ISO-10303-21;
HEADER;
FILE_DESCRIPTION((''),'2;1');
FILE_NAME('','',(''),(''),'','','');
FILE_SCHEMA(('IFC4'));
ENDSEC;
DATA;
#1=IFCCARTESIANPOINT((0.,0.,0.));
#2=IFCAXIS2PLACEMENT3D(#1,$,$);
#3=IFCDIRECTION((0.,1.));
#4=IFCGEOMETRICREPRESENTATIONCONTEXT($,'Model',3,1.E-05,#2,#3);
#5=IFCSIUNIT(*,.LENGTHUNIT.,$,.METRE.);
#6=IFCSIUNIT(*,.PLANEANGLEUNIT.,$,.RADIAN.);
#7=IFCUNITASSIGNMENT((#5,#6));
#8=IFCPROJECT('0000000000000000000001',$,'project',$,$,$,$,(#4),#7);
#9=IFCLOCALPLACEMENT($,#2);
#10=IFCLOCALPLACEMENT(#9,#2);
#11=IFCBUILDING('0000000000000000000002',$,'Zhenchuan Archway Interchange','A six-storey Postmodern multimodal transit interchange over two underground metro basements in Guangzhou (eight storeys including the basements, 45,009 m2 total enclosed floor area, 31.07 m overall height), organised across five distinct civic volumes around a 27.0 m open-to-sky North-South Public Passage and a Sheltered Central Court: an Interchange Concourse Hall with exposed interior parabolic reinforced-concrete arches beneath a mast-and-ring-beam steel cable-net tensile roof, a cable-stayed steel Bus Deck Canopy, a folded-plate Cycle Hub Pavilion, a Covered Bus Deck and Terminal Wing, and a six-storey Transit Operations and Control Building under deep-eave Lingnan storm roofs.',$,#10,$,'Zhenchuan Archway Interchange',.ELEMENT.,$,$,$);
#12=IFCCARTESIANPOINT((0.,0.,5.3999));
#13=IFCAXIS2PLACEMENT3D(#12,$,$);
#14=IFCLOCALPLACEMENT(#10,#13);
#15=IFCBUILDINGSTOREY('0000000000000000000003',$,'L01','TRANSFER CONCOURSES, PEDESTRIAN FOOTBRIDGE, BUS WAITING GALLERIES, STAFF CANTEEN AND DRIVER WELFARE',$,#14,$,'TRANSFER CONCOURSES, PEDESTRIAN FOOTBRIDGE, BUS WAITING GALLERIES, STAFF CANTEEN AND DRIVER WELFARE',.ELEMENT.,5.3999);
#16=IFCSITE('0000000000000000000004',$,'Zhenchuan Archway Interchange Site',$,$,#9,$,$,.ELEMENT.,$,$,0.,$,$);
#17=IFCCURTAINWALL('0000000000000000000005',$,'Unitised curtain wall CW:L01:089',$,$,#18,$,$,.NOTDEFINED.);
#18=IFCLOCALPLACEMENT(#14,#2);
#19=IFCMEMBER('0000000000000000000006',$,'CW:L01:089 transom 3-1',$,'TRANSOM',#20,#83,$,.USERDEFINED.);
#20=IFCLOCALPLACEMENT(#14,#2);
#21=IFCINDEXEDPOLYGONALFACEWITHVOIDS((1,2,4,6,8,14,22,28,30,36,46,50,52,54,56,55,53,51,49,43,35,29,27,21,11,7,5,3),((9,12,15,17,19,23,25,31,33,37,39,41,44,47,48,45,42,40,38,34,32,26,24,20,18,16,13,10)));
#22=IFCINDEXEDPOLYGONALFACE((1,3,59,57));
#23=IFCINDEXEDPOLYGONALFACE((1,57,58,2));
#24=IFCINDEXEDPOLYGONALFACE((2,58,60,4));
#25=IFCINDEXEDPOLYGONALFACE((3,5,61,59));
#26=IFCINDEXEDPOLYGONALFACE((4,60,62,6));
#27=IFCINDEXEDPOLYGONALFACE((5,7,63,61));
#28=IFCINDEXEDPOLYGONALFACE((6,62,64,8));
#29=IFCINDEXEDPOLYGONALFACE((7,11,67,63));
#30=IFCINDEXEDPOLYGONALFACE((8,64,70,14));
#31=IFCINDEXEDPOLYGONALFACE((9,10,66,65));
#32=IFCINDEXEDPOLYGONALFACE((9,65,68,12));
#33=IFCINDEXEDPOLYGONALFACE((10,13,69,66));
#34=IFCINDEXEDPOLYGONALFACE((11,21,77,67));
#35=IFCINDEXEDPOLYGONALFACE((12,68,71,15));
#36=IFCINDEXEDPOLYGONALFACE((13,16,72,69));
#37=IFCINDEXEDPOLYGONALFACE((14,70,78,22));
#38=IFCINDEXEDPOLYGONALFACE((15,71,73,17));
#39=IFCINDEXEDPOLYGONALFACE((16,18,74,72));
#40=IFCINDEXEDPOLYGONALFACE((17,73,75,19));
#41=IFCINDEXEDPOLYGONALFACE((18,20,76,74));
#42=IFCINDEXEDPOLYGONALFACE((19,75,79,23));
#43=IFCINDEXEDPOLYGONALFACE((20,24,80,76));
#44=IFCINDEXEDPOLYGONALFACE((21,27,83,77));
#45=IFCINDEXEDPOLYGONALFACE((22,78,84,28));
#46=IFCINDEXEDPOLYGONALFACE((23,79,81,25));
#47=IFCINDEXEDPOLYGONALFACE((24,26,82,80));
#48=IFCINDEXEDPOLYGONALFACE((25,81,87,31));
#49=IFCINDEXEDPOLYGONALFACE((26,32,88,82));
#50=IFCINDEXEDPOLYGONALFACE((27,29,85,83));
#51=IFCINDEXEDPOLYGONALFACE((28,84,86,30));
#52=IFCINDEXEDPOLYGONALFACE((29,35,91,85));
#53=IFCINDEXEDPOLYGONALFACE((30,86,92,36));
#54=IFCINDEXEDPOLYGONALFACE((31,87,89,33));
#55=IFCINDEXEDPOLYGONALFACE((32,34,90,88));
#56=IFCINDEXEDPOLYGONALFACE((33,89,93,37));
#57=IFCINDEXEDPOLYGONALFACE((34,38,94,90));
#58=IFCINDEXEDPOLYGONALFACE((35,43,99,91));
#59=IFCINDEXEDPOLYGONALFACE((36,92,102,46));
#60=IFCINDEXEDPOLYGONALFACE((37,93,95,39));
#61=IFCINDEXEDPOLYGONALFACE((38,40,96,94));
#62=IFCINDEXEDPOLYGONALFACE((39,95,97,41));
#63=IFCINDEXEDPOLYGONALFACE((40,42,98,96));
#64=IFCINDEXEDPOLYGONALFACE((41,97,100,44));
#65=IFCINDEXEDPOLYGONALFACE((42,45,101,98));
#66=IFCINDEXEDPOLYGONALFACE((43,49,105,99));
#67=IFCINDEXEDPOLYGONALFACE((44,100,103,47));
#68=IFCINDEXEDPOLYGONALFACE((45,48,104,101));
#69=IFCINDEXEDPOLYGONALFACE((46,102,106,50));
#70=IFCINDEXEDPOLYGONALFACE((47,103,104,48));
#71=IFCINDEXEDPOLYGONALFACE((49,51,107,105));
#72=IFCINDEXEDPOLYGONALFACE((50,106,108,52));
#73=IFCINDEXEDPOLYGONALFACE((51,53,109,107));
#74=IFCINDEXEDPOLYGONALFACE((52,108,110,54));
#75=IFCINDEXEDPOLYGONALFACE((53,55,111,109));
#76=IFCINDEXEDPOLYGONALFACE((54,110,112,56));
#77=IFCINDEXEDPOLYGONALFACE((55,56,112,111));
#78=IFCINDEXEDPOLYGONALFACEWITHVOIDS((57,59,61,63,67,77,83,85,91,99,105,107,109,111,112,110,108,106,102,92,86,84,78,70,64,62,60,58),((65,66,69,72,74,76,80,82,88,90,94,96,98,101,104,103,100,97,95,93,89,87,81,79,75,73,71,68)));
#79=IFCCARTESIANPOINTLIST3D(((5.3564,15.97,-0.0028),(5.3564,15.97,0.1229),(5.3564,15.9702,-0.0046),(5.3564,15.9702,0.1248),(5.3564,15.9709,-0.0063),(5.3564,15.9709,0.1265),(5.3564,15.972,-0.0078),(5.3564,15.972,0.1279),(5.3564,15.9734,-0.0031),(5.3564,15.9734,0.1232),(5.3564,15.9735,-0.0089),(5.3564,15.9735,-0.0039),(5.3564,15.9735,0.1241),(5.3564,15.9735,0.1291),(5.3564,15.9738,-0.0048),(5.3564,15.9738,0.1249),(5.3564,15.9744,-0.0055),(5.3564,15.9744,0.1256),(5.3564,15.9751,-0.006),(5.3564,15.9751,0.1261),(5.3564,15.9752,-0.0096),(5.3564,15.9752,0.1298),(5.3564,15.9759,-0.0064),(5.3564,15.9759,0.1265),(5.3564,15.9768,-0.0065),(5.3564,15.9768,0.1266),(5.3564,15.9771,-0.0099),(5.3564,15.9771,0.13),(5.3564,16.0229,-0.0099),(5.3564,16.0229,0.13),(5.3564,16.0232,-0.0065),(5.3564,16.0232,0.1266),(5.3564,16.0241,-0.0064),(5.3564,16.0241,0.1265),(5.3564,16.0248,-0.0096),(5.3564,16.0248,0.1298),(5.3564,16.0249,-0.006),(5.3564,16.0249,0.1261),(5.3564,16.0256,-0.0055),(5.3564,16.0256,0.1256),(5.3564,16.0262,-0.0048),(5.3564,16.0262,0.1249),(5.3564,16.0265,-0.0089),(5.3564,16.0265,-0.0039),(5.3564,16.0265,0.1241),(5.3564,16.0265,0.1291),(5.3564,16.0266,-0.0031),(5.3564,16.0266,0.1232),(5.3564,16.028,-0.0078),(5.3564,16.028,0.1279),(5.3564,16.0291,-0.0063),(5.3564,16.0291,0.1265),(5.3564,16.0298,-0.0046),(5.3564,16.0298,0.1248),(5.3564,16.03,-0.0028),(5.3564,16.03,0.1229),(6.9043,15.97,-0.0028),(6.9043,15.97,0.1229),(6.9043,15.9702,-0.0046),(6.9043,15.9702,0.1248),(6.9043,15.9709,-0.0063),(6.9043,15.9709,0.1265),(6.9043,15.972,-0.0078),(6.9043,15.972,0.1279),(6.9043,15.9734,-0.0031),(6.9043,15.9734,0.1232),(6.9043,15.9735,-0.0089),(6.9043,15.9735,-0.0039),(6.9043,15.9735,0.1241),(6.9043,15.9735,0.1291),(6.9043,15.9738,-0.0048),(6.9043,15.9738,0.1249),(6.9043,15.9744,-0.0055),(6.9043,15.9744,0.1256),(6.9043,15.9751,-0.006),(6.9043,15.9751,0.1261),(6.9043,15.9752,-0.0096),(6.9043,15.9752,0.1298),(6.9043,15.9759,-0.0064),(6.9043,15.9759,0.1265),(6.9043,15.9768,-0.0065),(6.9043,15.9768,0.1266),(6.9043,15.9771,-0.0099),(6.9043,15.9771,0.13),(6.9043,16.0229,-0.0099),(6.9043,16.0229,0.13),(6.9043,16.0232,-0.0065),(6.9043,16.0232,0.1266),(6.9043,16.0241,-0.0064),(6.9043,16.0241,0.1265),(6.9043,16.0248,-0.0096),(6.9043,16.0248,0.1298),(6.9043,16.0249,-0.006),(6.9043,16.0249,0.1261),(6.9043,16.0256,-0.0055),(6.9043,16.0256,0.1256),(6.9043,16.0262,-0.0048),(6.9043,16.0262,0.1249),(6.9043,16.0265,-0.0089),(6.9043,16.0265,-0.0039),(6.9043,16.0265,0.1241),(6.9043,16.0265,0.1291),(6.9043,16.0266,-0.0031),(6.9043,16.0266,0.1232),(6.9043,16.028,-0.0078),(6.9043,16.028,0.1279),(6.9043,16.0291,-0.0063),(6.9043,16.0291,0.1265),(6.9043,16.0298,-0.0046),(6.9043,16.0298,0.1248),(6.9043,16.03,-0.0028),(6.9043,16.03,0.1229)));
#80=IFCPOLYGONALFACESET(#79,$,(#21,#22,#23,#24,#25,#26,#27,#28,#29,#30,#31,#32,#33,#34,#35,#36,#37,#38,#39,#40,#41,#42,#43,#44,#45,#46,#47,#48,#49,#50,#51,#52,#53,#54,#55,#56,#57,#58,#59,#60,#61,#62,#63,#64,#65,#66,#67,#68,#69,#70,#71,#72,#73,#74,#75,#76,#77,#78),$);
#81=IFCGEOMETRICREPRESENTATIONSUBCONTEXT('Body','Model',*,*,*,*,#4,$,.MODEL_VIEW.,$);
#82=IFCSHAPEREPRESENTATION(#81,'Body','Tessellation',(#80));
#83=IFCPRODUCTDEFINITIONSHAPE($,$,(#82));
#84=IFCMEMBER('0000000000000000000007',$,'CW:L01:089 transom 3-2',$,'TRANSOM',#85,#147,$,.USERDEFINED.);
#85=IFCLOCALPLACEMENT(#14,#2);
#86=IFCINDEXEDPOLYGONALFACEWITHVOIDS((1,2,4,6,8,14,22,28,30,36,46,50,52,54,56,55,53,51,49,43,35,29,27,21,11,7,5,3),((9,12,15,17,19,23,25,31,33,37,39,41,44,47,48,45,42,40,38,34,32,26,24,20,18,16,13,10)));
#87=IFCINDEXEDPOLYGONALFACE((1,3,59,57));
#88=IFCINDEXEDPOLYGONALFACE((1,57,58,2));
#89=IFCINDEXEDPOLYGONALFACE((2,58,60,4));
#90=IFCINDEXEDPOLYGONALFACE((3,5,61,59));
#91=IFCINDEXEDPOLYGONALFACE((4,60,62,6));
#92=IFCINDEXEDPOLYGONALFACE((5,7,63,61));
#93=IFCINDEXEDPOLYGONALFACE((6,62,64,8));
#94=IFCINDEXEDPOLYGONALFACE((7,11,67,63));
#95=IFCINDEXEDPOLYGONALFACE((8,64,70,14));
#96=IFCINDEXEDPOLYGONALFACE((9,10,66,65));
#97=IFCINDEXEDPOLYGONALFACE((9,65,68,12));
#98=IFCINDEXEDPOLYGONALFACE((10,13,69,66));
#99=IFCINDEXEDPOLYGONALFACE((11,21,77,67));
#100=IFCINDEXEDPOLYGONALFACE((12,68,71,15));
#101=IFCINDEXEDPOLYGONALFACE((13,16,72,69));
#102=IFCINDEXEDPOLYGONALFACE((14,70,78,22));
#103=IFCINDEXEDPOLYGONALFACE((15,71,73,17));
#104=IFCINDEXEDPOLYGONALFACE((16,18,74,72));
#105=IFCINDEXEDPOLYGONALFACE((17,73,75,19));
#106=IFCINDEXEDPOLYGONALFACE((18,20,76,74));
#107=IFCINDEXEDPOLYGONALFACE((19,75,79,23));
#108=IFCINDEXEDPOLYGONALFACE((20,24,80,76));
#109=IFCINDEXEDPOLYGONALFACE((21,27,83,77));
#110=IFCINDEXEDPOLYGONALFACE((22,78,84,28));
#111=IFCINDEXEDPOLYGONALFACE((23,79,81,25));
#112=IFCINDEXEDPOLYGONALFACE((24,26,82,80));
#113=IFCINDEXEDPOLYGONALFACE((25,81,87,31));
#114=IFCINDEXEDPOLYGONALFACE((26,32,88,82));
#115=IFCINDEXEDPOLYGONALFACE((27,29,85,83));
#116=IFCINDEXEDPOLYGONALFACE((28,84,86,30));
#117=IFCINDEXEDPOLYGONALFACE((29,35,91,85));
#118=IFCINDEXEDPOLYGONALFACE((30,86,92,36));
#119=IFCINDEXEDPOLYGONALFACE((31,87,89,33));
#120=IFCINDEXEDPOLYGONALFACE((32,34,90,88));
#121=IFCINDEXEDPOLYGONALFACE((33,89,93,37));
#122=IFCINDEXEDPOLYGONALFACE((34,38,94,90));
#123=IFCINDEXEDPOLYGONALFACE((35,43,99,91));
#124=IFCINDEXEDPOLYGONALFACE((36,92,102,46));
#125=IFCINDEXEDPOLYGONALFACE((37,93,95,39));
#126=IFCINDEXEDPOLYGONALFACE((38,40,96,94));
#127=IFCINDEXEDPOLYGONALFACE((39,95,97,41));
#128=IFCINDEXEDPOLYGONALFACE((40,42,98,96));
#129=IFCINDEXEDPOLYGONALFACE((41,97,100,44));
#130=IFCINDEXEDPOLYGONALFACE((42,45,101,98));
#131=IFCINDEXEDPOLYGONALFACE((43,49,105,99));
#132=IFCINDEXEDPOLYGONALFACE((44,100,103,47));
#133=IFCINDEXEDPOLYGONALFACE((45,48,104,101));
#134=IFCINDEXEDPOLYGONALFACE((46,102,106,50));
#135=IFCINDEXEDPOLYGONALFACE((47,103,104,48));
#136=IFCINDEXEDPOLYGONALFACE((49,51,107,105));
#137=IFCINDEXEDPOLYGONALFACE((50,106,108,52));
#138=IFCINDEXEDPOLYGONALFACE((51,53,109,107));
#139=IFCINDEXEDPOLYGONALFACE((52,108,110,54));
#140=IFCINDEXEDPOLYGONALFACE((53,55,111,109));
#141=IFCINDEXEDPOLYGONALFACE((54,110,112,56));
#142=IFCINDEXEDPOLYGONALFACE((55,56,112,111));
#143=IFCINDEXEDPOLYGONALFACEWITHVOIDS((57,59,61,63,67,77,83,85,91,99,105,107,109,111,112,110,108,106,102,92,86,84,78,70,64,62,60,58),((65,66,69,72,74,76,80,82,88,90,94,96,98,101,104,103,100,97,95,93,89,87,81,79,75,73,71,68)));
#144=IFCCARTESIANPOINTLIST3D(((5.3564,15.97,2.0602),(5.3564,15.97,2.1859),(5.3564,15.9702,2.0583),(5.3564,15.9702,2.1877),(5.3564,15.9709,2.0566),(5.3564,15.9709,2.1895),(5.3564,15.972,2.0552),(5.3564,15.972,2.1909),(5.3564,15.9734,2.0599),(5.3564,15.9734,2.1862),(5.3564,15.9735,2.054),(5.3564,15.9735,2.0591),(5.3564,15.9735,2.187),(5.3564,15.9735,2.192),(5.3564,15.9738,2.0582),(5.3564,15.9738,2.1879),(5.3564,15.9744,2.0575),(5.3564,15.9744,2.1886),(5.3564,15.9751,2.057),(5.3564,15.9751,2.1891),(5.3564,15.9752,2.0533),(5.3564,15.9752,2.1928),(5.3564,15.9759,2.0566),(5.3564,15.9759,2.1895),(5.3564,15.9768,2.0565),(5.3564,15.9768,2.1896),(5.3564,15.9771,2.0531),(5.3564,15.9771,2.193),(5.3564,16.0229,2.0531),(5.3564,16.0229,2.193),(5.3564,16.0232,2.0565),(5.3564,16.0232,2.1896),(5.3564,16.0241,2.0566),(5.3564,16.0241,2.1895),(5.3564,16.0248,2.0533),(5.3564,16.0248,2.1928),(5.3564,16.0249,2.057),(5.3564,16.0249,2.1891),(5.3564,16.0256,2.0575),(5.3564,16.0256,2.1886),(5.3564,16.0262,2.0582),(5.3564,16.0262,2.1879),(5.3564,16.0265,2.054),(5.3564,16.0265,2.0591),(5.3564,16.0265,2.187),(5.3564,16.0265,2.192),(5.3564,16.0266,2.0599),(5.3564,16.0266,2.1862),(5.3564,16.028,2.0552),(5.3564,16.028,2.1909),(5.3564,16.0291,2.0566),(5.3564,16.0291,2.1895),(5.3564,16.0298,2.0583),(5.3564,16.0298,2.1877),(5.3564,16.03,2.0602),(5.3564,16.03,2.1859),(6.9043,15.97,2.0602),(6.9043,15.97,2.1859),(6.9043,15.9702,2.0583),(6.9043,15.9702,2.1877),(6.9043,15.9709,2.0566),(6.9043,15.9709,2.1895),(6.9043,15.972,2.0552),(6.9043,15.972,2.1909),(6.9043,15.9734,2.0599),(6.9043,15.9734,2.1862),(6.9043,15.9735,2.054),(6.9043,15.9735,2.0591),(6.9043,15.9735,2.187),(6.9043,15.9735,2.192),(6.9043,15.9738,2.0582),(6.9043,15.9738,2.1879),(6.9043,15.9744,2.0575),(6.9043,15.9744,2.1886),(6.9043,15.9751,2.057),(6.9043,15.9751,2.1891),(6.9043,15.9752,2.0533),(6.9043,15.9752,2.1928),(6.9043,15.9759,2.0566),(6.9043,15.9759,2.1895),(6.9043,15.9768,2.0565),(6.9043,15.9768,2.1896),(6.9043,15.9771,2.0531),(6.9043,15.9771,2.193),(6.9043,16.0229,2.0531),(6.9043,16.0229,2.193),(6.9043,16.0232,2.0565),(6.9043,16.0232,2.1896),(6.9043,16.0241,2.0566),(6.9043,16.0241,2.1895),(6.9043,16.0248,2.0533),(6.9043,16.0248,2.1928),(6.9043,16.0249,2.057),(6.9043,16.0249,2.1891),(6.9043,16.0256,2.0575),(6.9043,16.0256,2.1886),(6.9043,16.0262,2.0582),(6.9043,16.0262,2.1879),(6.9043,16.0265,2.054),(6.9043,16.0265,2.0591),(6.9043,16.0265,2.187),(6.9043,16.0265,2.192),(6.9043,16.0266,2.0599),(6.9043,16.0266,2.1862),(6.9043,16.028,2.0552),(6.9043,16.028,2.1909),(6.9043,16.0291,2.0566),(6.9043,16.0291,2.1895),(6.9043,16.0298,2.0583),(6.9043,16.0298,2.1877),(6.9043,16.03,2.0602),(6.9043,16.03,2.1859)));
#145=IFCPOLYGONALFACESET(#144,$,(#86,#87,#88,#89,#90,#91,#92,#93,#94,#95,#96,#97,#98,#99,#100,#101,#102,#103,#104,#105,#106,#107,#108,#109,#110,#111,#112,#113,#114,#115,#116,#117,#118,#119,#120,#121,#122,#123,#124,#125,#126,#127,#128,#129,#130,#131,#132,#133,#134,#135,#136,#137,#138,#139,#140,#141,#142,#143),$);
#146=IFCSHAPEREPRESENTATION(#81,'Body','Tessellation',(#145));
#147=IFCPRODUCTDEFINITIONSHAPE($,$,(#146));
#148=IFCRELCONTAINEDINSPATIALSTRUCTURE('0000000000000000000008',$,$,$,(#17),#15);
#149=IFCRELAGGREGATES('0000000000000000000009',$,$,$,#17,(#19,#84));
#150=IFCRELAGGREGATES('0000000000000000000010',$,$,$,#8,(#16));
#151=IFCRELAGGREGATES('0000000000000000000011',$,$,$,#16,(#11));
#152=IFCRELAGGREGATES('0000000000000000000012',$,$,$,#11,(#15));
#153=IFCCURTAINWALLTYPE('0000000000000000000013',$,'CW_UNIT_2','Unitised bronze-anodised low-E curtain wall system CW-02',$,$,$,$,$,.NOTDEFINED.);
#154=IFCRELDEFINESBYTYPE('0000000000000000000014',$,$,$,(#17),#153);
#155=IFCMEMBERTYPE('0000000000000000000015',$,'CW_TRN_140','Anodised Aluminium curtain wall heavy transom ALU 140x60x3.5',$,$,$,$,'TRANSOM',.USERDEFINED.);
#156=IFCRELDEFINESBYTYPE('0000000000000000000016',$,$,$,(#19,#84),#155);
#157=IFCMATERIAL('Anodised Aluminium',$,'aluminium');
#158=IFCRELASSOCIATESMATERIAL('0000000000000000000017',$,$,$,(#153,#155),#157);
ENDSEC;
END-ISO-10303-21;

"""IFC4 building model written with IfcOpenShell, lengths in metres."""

from ifc_helpers import new_model, si_unit, direction, frame, origin, origin_2d, place, context, subcontext, project, spatial, hollow_rectangle, extrude, material, material_profile, profile_set, type_object, element, aggregate, save


model = new_model("IFC4")

# Units and contexts
model_context = context("Model", 3, precision=1e-05, world=origin(), true_north=direction((0.0, 1.0)))
body_context = subcontext(model_context, "Body", "Model", "MODEL_VIEW")
ifc_project = project(units=[si_unit("LENGTHUNIT", "METRE"), si_unit("PLANEANGLEUNIT", "RADIAN")], contexts=[model_context])

# Site, building, storey
site_placement = place(None, origin())
site = spatial("IfcSite", under=ifc_project, at=site_placement, Name="Zhenchuan Archway Interchange Site", CompositionType="ELEMENT", RefElevation=0.0)
building_placement = place(site_placement, origin())
building = spatial("IfcBuilding", under=site, at=building_placement, Name="Zhenchuan Archway Interchange", Description="A six-storey Postmodern multimodal transit interchange over two underground metro basements in Guangzhou (eight storeys including the basements, 45,009 m2 total enclosed floor area, 31.07 m overall height), organised across five distinct civic volumes around a 27.0 m open-to-sky North-South Public Passage and a Sheltered Central Court: an Interchange Concourse Hall with exposed interior parabolic reinforced-concrete arches beneath a mast-and-ring-beam steel cable-net tensile roof, a cable-stayed steel Bus Deck Canopy, a folded-plate Cycle Hub Pavilion, a Covered Bus Deck and Terminal Wing, and a six-storey Transit Operations and Control Building under deep-eave Lingnan storm roofs.", LongName="Zhenchuan Archway Interchange", CompositionType="ELEMENT")
storey_placement = place(building_placement, frame((0.0, 0.0, 5.3999)))
storey = spatial("IfcBuildingStorey", under=building, at=storey_placement, Name="L01", Description="TRANSFER CONCOURSES, PEDESTRIAN FOOTBRIDGE, BUS WAITING GALLERIES, STAFF CANTEEN AND DRIVER WELFARE", LongName="TRANSFER CONCOURSES, PEDESTRIAN FOOTBRIDGE, BUS WAITING GALLERIES, STAFF CANTEEN AND DRIVER WELFARE", CompositionType="ELEMENT", Elevation=5.3999)

# Curtain wall, members
ifc_material_1 = material(Name="Anodised Aluminium", Category="aluminium")
curtain_wall_type = type_object("IfcCurtainWallType", Name="CW_UNIT_2", Description="Unitised bronze-anodised low-E curtain wall system CW-02", PredefinedType="NOTDEFINED", material=ifc_material_1)
curtain_wall_placement = place(storey_placement, origin())
curtain_wall = element("IfcCurtainWall", 1, at=curtain_wall_placement, inside=storey, type_object=curtain_wall_type, Name="Unitised curtain wall CW:L01:089", PredefinedType="NOTDEFINED")
ifc_material_profile_1 = material_profile(ifc_material_1, hollow_rectangle(XDim=0.0601, YDim=0.1399, WallThickness=0.0034, InnerFilletRadius=0.0034, OuterFilletRadius=0.0071, at=origin_2d()), Name="ALU 140x60x3.5")
ifc_profile_set_1 = profile_set([ifc_material_profile_1], Name="Anodised Aluminium")
member_type_1 = type_object("IfcMemberType", Name="CW_TRN_140", Description="Anodised Aluminium curtain wall heavy transom ALU 140x60x3.5", ElementType="TRANSOM", PredefinedType="USERDEFINED", material=ifc_profile_set_1)
member_1_placement = place(storey_placement, frame((5.3564, 16.0, 0.0601), z_axis=(1.0, 0.0, 0.0), x_axis=(0.0, 1.0, 0.0)))
member_1 = element("IfcMember", 2, at=member_1_placement, type_object=member_type_1, Name="CW:L01:089 transom 3-1", ObjectType="TRANSOM", PredefinedType="USERDEFINED", context=body_context, shape_type="SweptSolid", body=[
    extrude(hollow_rectangle(XDim=0.0601, YDim=0.1399, WallThickness=0.0034, InnerFilletRadius=0.0034, OuterFilletRadius=0.0071, at=origin_2d()), origin(), (0.0, 0.0, 1.0), 1.5479),
])
member_2_placement = place(storey_placement, frame((5.3564, 16.0, 2.123), z_axis=(1.0, 0.0, 0.0), x_axis=(0.0, 1.0, 0.0)))
member_2 = element("IfcMember", 3, at=member_2_placement, type_object=member_type_1, Name="CW:L01:089 transom 3-2", ObjectType="TRANSOM", PredefinedType="USERDEFINED", context=body_context, shape_type="SweptSolid", body=[
    extrude(hollow_rectangle(XDim=0.0601, YDim=0.1399, WallThickness=0.0034, InnerFilletRadius=0.0034, OuterFilletRadius=0.0071, at=origin_2d()), origin(), (0.0, 0.0, 1.0), 1.5479),
])

aggregate(curtain_wall, [member_1, member_2])

save(model, "model.ifc")
